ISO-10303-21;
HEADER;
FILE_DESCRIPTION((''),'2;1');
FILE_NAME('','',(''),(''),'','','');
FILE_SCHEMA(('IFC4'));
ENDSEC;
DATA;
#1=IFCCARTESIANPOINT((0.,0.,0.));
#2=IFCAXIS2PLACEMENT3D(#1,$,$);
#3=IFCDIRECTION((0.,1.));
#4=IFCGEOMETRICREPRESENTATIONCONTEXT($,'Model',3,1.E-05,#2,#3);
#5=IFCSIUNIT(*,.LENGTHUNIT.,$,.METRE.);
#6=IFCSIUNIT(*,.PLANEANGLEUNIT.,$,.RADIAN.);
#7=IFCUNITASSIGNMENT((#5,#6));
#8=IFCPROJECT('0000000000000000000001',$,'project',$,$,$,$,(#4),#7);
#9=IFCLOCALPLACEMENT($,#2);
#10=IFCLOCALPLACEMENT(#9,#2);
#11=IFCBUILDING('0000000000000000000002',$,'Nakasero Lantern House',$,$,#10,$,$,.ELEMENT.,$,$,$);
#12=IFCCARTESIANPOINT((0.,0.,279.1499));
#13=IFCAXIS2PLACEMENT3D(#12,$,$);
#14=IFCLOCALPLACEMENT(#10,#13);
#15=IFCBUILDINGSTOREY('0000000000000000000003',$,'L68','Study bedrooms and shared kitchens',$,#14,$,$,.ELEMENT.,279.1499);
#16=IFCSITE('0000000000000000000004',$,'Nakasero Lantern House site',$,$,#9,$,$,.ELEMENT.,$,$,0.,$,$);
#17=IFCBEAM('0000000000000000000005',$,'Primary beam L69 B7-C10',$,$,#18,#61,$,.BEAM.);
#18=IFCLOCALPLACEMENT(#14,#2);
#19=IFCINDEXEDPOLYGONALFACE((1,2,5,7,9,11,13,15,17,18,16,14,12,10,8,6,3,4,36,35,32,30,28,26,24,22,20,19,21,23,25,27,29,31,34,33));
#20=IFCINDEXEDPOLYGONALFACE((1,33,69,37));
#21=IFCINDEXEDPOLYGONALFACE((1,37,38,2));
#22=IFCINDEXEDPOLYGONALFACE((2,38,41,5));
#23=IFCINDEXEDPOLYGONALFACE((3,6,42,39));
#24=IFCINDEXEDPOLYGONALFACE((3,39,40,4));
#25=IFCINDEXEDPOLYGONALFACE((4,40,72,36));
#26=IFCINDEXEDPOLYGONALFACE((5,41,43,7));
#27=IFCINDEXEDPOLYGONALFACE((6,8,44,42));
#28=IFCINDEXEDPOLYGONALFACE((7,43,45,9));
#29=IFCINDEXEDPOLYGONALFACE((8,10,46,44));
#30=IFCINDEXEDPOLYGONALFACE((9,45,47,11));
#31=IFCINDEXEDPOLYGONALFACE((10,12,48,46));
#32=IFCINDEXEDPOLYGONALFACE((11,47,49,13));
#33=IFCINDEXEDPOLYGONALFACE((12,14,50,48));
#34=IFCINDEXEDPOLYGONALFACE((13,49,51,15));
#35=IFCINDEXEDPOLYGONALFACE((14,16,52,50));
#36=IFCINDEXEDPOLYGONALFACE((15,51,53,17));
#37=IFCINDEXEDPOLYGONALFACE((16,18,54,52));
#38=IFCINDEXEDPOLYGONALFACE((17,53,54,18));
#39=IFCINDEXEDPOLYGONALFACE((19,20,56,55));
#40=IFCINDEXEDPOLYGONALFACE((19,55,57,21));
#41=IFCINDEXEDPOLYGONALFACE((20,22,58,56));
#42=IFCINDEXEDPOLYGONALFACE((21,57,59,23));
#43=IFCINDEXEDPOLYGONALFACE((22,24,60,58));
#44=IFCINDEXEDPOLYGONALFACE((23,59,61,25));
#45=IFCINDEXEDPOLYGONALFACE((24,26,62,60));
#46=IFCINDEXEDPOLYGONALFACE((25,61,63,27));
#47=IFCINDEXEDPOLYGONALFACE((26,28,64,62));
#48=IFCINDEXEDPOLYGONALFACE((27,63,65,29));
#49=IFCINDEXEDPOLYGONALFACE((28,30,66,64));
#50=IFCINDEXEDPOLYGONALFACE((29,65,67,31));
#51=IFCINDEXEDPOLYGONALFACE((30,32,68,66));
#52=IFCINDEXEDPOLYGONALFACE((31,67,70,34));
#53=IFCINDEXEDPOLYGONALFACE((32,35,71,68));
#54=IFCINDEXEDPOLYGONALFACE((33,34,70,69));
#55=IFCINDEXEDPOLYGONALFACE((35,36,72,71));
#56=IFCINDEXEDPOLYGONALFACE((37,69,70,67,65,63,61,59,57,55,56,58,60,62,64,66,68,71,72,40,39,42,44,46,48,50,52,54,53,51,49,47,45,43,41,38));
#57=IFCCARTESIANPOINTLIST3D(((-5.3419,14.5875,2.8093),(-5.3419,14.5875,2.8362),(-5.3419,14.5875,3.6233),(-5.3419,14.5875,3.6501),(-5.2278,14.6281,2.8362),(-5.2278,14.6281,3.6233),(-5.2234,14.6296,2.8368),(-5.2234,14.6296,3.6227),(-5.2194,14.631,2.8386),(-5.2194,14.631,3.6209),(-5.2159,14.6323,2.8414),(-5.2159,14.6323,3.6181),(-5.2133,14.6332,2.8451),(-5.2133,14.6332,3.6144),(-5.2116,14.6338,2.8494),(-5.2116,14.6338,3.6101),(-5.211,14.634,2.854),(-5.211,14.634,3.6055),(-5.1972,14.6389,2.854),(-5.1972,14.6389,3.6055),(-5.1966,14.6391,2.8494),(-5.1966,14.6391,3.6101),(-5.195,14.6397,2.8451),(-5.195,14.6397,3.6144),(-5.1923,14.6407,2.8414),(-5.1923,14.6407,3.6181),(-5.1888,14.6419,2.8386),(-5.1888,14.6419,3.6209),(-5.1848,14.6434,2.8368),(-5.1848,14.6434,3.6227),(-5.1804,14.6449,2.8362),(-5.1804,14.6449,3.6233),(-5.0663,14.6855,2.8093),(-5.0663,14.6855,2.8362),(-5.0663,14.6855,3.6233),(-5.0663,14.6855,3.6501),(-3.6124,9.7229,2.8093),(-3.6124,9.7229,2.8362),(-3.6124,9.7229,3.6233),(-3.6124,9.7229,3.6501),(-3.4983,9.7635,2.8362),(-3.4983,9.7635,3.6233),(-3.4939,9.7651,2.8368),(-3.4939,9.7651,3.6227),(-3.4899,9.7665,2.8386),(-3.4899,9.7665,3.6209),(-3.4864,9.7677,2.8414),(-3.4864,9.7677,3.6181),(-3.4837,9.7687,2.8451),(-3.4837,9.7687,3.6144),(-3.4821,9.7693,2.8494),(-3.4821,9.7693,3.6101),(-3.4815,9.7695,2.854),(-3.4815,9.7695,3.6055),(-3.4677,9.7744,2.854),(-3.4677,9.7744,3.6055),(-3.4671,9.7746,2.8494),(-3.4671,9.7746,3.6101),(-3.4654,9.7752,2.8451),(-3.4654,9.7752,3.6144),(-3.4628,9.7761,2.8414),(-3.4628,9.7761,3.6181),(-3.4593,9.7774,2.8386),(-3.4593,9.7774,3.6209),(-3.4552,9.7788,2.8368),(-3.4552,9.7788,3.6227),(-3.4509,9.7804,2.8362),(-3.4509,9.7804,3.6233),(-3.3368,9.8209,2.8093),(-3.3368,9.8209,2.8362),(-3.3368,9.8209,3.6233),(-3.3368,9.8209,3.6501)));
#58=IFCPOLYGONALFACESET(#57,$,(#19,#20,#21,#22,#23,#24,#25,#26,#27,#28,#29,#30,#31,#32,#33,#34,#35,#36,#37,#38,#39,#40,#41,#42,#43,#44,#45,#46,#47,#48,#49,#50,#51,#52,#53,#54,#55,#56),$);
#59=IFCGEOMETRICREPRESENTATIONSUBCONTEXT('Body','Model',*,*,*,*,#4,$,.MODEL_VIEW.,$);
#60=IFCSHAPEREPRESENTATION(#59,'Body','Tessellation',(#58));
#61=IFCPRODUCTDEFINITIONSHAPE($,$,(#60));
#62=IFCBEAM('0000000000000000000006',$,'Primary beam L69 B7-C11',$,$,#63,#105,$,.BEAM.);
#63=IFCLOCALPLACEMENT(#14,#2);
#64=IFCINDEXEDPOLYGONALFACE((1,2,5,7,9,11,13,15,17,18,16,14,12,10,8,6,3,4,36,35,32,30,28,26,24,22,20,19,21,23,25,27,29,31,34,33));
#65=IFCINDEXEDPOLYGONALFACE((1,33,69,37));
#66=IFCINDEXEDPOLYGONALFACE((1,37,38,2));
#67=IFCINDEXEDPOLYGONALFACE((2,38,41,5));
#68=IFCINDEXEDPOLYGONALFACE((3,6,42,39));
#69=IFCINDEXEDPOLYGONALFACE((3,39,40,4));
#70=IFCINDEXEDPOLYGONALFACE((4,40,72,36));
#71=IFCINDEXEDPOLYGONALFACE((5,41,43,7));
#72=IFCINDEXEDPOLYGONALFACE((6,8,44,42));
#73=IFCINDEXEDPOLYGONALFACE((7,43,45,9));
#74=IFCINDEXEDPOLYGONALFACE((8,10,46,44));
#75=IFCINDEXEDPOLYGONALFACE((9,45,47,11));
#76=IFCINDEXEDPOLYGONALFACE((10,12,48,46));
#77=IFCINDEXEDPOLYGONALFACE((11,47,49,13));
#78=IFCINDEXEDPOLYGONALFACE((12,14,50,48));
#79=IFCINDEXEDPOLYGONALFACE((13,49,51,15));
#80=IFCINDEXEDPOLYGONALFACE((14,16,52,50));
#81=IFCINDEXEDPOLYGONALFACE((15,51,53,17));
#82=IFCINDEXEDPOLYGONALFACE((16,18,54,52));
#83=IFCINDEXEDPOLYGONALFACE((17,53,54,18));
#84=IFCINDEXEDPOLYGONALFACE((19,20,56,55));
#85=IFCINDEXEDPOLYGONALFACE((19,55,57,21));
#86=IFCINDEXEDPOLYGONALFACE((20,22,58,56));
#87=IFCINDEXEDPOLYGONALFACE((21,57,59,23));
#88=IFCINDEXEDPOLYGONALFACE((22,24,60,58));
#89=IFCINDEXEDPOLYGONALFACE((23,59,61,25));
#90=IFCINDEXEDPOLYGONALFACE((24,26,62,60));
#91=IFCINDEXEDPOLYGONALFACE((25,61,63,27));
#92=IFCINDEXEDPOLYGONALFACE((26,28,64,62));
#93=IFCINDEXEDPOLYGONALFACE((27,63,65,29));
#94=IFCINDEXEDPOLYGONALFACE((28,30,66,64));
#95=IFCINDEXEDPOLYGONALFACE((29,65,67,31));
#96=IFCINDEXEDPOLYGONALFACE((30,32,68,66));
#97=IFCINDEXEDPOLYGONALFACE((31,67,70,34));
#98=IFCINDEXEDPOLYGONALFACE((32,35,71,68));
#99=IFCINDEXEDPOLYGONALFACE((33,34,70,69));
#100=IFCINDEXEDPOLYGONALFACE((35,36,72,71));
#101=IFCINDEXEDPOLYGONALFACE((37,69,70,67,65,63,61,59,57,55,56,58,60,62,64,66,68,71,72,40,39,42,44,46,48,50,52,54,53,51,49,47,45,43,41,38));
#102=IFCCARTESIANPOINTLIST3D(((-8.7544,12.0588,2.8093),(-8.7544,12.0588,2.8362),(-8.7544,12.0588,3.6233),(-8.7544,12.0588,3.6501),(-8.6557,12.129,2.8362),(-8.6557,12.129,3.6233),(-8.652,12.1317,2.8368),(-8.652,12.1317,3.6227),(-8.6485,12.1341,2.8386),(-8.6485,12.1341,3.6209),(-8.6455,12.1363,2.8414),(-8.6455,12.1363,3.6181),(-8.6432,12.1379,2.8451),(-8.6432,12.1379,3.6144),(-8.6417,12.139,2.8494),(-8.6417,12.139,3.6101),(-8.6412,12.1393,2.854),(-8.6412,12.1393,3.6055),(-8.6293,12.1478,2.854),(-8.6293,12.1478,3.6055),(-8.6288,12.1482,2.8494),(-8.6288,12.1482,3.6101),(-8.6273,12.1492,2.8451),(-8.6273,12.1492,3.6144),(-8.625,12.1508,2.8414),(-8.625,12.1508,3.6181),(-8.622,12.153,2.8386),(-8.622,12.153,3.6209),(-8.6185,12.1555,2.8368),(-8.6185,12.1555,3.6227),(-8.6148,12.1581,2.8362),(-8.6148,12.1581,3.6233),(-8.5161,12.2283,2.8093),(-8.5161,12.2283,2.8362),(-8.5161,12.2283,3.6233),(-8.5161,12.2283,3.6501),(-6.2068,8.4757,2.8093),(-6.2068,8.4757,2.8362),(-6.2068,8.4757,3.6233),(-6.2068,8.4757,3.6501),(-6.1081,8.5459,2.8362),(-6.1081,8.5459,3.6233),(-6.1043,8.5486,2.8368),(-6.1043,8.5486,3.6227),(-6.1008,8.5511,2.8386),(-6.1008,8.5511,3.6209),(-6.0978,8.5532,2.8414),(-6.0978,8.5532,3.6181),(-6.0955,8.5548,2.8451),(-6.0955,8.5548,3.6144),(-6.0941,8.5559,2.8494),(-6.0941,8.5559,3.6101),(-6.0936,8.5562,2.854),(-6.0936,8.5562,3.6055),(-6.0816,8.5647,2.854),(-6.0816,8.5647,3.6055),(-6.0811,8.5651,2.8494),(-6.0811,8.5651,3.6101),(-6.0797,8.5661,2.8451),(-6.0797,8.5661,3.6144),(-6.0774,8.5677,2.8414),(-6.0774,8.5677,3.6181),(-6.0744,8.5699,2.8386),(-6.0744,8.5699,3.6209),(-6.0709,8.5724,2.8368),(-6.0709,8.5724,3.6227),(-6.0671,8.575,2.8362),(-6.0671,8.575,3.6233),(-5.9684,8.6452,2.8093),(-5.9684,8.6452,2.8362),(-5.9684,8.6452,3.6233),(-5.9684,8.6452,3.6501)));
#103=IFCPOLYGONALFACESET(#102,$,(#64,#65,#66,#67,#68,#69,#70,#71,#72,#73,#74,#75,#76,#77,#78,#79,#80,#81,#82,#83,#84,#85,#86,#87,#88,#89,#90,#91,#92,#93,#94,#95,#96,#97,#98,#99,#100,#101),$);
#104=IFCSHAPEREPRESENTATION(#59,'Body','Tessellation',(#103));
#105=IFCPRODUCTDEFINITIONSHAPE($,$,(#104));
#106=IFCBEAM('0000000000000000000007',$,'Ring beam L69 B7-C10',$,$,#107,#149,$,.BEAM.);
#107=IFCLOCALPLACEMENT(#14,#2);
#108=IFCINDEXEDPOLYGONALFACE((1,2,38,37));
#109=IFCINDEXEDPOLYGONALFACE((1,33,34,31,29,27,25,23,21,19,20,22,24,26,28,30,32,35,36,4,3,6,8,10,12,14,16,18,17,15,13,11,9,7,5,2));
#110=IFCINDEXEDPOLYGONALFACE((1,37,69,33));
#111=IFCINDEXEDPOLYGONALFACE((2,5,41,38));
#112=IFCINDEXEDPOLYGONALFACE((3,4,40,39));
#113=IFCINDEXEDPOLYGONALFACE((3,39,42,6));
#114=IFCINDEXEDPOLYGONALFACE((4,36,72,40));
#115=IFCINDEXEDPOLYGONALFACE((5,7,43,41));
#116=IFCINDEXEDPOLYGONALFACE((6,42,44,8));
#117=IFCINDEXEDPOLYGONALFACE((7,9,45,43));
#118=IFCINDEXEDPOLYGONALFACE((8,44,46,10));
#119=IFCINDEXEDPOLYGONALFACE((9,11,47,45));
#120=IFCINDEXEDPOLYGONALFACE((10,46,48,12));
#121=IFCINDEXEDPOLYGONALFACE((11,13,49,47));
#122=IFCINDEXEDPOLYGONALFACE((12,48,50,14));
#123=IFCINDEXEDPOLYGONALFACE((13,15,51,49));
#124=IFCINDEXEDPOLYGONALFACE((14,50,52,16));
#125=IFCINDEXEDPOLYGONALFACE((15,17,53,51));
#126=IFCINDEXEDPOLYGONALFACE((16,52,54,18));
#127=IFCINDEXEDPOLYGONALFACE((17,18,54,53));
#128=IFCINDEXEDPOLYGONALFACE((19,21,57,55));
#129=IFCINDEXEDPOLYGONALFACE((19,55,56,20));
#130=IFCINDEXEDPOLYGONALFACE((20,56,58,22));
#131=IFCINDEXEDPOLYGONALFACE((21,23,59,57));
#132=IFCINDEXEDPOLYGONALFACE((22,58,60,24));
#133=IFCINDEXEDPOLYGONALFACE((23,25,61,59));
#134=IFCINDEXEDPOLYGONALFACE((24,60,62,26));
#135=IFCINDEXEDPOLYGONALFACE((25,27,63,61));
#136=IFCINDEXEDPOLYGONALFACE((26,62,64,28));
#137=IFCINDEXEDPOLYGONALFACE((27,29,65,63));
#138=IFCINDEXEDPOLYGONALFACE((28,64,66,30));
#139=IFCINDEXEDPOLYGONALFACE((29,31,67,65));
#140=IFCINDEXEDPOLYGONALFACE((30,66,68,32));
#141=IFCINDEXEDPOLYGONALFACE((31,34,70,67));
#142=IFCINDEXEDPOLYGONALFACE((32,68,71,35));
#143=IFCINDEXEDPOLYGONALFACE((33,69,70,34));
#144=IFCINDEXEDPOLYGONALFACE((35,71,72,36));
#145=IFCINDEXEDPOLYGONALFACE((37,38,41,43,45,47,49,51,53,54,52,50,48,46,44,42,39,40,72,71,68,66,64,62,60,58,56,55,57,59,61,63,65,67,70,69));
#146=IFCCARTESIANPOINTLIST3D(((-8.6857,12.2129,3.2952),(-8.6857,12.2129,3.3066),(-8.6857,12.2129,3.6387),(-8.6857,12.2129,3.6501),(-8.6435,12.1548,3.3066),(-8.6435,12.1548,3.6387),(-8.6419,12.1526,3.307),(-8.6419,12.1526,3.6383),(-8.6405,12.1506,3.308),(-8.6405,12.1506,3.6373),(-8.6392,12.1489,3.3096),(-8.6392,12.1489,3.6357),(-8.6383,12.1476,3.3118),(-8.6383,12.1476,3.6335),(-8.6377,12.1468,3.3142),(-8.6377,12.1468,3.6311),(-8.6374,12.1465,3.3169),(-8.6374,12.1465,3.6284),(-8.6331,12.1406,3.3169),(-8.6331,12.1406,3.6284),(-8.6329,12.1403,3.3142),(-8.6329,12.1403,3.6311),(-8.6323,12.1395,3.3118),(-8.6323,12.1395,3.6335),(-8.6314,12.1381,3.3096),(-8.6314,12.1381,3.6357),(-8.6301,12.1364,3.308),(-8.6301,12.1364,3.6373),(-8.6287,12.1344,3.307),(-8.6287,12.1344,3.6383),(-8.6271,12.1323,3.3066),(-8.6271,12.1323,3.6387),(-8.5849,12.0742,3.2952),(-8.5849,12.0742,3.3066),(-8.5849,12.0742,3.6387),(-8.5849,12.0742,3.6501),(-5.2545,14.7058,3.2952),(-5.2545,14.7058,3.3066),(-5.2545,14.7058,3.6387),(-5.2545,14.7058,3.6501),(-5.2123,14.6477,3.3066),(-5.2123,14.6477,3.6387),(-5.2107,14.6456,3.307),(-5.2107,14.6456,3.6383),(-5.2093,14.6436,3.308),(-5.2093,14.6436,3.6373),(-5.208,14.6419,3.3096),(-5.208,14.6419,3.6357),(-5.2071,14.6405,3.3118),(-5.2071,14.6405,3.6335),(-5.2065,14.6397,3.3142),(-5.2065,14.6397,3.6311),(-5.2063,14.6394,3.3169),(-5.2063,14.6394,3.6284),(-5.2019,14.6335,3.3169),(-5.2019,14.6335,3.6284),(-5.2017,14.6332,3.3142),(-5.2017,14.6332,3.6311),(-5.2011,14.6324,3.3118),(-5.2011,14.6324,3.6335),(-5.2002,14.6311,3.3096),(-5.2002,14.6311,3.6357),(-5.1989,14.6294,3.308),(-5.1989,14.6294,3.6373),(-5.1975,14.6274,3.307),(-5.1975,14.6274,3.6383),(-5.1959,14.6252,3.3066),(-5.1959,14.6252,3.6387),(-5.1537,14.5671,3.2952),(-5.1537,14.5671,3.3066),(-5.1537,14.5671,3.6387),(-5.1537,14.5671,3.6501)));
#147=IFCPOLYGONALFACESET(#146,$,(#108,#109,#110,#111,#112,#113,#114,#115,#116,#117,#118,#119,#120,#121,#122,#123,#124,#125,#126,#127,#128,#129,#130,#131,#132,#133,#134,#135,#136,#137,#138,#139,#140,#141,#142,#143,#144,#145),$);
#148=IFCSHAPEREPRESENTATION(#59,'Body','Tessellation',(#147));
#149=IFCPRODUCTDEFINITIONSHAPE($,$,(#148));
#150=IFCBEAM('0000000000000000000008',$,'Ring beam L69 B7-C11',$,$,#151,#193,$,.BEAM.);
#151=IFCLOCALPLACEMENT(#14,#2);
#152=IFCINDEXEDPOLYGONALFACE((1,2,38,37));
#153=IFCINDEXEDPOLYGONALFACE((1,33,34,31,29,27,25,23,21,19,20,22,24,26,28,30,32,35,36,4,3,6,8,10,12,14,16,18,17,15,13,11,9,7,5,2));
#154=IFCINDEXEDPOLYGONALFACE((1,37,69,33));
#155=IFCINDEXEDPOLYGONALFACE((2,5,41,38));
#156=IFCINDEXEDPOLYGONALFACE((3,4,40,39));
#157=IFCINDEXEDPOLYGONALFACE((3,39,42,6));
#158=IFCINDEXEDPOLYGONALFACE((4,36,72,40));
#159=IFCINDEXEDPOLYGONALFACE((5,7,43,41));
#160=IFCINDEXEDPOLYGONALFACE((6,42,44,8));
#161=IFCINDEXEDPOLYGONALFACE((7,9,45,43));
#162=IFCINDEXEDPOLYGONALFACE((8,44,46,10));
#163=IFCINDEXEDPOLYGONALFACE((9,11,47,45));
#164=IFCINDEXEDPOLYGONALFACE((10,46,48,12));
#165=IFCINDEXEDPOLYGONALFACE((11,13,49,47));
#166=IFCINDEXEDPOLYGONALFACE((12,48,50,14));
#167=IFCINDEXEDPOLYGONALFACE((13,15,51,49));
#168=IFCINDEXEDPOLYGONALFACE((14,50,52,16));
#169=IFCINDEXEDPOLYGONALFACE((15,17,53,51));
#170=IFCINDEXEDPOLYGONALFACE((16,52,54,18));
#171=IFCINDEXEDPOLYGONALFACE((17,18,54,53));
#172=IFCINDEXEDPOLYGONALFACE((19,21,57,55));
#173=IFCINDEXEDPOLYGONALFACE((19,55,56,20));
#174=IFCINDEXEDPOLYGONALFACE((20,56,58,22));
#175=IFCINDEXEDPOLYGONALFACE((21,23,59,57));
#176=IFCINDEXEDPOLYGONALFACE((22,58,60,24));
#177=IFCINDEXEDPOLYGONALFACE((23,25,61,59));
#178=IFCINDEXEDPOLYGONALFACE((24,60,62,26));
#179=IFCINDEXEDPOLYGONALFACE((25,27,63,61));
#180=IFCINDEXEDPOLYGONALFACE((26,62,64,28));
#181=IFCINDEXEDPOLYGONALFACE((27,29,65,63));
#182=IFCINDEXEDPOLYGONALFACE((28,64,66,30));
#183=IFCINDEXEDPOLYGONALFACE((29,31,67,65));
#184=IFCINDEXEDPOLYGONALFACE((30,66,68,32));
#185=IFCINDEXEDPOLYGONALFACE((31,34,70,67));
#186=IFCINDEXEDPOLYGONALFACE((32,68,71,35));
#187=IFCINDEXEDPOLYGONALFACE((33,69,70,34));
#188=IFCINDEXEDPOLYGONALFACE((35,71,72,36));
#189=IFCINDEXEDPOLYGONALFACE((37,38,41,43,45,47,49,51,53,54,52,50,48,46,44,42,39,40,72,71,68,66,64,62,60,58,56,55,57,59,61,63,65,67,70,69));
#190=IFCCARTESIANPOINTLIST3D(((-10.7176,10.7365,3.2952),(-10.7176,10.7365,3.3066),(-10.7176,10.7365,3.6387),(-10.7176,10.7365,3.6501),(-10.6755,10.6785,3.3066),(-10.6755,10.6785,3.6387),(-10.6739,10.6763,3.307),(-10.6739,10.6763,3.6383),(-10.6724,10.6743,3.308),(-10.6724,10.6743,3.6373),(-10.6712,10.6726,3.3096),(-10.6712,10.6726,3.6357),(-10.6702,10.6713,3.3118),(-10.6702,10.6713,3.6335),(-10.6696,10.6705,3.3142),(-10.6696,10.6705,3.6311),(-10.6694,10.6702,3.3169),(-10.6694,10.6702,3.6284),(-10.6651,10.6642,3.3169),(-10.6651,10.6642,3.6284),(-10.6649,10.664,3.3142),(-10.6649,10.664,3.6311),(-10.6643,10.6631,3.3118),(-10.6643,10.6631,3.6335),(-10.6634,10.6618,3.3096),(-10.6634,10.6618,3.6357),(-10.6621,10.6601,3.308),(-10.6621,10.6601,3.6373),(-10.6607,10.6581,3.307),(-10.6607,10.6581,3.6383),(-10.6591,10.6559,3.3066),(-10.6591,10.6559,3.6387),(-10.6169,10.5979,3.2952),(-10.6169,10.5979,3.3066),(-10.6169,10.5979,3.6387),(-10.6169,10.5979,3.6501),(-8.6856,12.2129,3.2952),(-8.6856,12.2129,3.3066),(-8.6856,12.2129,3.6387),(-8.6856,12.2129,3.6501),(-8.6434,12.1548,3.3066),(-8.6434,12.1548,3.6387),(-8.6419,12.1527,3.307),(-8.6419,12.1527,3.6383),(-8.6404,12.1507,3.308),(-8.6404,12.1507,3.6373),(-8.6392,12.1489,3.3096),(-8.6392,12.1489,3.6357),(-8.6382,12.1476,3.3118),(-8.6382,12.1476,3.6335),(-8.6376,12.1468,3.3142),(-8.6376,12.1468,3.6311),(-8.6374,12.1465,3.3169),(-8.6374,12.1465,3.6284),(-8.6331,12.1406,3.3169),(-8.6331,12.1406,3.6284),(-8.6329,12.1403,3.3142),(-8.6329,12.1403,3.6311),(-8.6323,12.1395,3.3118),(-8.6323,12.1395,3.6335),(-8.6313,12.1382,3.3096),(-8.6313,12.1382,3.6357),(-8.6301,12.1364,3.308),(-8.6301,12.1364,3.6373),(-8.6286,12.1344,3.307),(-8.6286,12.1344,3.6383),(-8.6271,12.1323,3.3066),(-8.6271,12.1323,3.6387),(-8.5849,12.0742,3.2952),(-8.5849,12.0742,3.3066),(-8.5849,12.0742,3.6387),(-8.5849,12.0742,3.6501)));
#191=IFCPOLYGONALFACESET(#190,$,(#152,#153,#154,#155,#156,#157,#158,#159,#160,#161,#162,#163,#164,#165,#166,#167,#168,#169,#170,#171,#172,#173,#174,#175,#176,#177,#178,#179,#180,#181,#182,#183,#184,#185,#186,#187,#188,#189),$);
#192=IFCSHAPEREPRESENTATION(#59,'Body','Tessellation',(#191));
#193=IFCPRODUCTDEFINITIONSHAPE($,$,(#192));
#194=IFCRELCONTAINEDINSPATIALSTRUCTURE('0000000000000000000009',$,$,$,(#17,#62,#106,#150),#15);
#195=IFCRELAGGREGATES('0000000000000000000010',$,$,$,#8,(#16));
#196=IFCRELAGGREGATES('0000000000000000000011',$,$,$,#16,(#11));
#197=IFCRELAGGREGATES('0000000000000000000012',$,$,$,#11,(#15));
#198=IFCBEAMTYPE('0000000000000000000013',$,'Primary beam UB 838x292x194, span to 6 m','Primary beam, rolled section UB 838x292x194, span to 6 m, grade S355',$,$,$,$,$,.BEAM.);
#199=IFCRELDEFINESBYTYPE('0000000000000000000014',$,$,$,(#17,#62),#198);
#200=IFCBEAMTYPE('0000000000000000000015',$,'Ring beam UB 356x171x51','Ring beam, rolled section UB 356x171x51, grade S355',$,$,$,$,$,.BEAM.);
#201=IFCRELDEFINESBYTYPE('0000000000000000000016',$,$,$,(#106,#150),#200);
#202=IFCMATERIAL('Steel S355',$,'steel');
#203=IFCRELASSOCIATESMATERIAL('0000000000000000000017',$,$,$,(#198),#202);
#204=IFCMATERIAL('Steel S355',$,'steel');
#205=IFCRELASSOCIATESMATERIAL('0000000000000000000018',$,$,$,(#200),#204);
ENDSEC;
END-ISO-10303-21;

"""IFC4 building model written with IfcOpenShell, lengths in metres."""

from ifc_helpers import new_model, si_unit, direction, frame, origin, origin_2d, place, context, subcontext, project, spatial, i_section, extrude, material, material_profile, profile_set, type_object, element, save


model = new_model("IFC4")

# Units and contexts
model_context = context("Model", 3, precision=1e-05, world=origin(), true_north=direction((0.0, 1.0)))
body_context = subcontext(model_context, "Body", "Model", "MODEL_VIEW")
ifc_project = project(units=[si_unit("LENGTHUNIT", "METRE"), si_unit("PLANEANGLEUNIT", "RADIAN")], contexts=[model_context])

# Site, building, storey
site_placement = place(None, origin())
site = spatial("IfcSite", under=ifc_project, at=site_placement, Name="Nakasero Lantern House site", CompositionType="ELEMENT", RefElevation=0.0)
building_placement = place(site_placement, origin())
building = spatial("IfcBuilding", under=site, at=building_placement, Name="Nakasero Lantern House", CompositionType="ELEMENT")
storey_placement = place(building_placement, frame((0.0, 0.0, 279.1499)))
storey = spatial("IfcBuildingStorey", under=building, at=storey_placement, Name="L68", Description="Study bedrooms and shared kitchens", CompositionType="ELEMENT", Elevation=279.1499)

# Beams
ifc_material_1 = material(Name="Steel S355", Category="steel")
ifc_material_profile_1 = material_profile(ifc_material_1, i_section(OverallWidth=0.2925, OverallDepth=0.8408, WebThickness=0.0146, FlangeThickness=0.0269, FilletRadius=0.0178, at=origin_2d()), Name="UB 838x292x194")
ifc_profile_set_1 = profile_set([ifc_material_profile_1], Name="Steel S355")
beam_type_1 = type_object("IfcBeamType", Name="Primary beam UB 838x292x194, span to 6 m", Description="Primary beam, rolled section UB 838x292x194, span to 6 m, grade S355", PredefinedType="BEAM", material=ifc_profile_set_1)
beam_1_placement = place(storey_placement, frame((-5.2041, 14.6365, 3.2297), z_axis=(0.334991, -0.942221, 0.0), x_axis=(0.942221, 0.334991, 0.0)))
element("IfcBeam", 1, at=beam_1_placement, inside=storey, type_object=beam_type_1, Name="Primary beam L69 B7-C10", PredefinedType="BEAM", context=body_context, shape_type="SweptSolid", body=[
    extrude(i_section(OverallWidth=0.2925, OverallDepth=0.8408, WebThickness=0.0146, FlangeThickness=0.0269, FilletRadius=0.0178, at=origin_2d()), origin(), (0.0, 0.0, 1.0), 5.1628),
])
beam_2_placement = place(storey_placement, frame((-8.6353, 12.1436, 3.2297), z_axis=(0.579477, -0.814989, 0.0), x_axis=(0.814989, 0.579477, 0.0)))
element("IfcBeam", 2, at=beam_2_placement, inside=storey, type_object=beam_type_1, Name="Primary beam L69 B7-C11", PredefinedType="BEAM", context=body_context, shape_type="SweptSolid", body=[
    extrude(i_section(OverallWidth=0.2925, OverallDepth=0.8408, WebThickness=0.0146, FlangeThickness=0.0269, FilletRadius=0.0178, at=origin_2d()), origin(), (0.0, 0.0, 1.0), 4.3965),
])
ifc_material_2 = material(Name="Steel S355", Category="steel")
ifc_material_profile_2 = material_profile(ifc_material_2, i_section(OverallWidth=0.1714, OverallDepth=0.355, WebThickness=0.0073, FlangeThickness=0.0115, FilletRadius=0.0103, at=origin_2d()), Name="UB 356x171x51")
ifc_profile_set_2 = profile_set([ifc_material_profile_2], Name="Steel S355")
beam_type_2 = type_object("IfcBeamType", Name="Ring beam UB 356x171x51", Description="Ring beam, rolled section UB 356x171x51, grade S355", PredefinedType="BEAM", material=ifc_profile_set_2)
beam_3_placement = place(storey_placement, frame((-5.2041, 14.6365, 3.4727), z_axis=(-0.809012, -0.587792, 0.0), x_axis=(0.587792, -0.809012, 0.0)))
element("IfcBeam", 3, at=beam_3_placement, inside=storey, type_object=beam_type_2, Name="Ring beam L69 B7-C10", PredefinedType="BEAM", context=body_context, shape_type="SweptSolid", body=[
    extrude(i_section(OverallWidth=0.1714, OverallDepth=0.355, WebThickness=0.0073, FlangeThickness=0.0115, FilletRadius=0.0103, at=origin_2d()), origin(), (0.0, 0.0, 1.0), 4.2412),
])
beam_4_placement = place(storey_placement, frame((-8.6353, 12.1436, 3.4727), z_axis=(-0.809018, -0.587784, 0.0), x_axis=(0.587784, -0.809018, 0.0)))
element("IfcBeam", 4, at=beam_4_placement, inside=storey, type_object=beam_type_2, Name="Ring beam L69 B7-C11", PredefinedType="BEAM", context=body_context, shape_type="SweptSolid", body=[
    extrude(i_section(OverallWidth=0.1714, OverallDepth=0.355, WebThickness=0.0073, FlangeThickness=0.0115, FilletRadius=0.0103, at=origin_2d()), origin(), (0.0, 0.0, 1.0), 2.5117),
])

save(model, "model.ifc")
